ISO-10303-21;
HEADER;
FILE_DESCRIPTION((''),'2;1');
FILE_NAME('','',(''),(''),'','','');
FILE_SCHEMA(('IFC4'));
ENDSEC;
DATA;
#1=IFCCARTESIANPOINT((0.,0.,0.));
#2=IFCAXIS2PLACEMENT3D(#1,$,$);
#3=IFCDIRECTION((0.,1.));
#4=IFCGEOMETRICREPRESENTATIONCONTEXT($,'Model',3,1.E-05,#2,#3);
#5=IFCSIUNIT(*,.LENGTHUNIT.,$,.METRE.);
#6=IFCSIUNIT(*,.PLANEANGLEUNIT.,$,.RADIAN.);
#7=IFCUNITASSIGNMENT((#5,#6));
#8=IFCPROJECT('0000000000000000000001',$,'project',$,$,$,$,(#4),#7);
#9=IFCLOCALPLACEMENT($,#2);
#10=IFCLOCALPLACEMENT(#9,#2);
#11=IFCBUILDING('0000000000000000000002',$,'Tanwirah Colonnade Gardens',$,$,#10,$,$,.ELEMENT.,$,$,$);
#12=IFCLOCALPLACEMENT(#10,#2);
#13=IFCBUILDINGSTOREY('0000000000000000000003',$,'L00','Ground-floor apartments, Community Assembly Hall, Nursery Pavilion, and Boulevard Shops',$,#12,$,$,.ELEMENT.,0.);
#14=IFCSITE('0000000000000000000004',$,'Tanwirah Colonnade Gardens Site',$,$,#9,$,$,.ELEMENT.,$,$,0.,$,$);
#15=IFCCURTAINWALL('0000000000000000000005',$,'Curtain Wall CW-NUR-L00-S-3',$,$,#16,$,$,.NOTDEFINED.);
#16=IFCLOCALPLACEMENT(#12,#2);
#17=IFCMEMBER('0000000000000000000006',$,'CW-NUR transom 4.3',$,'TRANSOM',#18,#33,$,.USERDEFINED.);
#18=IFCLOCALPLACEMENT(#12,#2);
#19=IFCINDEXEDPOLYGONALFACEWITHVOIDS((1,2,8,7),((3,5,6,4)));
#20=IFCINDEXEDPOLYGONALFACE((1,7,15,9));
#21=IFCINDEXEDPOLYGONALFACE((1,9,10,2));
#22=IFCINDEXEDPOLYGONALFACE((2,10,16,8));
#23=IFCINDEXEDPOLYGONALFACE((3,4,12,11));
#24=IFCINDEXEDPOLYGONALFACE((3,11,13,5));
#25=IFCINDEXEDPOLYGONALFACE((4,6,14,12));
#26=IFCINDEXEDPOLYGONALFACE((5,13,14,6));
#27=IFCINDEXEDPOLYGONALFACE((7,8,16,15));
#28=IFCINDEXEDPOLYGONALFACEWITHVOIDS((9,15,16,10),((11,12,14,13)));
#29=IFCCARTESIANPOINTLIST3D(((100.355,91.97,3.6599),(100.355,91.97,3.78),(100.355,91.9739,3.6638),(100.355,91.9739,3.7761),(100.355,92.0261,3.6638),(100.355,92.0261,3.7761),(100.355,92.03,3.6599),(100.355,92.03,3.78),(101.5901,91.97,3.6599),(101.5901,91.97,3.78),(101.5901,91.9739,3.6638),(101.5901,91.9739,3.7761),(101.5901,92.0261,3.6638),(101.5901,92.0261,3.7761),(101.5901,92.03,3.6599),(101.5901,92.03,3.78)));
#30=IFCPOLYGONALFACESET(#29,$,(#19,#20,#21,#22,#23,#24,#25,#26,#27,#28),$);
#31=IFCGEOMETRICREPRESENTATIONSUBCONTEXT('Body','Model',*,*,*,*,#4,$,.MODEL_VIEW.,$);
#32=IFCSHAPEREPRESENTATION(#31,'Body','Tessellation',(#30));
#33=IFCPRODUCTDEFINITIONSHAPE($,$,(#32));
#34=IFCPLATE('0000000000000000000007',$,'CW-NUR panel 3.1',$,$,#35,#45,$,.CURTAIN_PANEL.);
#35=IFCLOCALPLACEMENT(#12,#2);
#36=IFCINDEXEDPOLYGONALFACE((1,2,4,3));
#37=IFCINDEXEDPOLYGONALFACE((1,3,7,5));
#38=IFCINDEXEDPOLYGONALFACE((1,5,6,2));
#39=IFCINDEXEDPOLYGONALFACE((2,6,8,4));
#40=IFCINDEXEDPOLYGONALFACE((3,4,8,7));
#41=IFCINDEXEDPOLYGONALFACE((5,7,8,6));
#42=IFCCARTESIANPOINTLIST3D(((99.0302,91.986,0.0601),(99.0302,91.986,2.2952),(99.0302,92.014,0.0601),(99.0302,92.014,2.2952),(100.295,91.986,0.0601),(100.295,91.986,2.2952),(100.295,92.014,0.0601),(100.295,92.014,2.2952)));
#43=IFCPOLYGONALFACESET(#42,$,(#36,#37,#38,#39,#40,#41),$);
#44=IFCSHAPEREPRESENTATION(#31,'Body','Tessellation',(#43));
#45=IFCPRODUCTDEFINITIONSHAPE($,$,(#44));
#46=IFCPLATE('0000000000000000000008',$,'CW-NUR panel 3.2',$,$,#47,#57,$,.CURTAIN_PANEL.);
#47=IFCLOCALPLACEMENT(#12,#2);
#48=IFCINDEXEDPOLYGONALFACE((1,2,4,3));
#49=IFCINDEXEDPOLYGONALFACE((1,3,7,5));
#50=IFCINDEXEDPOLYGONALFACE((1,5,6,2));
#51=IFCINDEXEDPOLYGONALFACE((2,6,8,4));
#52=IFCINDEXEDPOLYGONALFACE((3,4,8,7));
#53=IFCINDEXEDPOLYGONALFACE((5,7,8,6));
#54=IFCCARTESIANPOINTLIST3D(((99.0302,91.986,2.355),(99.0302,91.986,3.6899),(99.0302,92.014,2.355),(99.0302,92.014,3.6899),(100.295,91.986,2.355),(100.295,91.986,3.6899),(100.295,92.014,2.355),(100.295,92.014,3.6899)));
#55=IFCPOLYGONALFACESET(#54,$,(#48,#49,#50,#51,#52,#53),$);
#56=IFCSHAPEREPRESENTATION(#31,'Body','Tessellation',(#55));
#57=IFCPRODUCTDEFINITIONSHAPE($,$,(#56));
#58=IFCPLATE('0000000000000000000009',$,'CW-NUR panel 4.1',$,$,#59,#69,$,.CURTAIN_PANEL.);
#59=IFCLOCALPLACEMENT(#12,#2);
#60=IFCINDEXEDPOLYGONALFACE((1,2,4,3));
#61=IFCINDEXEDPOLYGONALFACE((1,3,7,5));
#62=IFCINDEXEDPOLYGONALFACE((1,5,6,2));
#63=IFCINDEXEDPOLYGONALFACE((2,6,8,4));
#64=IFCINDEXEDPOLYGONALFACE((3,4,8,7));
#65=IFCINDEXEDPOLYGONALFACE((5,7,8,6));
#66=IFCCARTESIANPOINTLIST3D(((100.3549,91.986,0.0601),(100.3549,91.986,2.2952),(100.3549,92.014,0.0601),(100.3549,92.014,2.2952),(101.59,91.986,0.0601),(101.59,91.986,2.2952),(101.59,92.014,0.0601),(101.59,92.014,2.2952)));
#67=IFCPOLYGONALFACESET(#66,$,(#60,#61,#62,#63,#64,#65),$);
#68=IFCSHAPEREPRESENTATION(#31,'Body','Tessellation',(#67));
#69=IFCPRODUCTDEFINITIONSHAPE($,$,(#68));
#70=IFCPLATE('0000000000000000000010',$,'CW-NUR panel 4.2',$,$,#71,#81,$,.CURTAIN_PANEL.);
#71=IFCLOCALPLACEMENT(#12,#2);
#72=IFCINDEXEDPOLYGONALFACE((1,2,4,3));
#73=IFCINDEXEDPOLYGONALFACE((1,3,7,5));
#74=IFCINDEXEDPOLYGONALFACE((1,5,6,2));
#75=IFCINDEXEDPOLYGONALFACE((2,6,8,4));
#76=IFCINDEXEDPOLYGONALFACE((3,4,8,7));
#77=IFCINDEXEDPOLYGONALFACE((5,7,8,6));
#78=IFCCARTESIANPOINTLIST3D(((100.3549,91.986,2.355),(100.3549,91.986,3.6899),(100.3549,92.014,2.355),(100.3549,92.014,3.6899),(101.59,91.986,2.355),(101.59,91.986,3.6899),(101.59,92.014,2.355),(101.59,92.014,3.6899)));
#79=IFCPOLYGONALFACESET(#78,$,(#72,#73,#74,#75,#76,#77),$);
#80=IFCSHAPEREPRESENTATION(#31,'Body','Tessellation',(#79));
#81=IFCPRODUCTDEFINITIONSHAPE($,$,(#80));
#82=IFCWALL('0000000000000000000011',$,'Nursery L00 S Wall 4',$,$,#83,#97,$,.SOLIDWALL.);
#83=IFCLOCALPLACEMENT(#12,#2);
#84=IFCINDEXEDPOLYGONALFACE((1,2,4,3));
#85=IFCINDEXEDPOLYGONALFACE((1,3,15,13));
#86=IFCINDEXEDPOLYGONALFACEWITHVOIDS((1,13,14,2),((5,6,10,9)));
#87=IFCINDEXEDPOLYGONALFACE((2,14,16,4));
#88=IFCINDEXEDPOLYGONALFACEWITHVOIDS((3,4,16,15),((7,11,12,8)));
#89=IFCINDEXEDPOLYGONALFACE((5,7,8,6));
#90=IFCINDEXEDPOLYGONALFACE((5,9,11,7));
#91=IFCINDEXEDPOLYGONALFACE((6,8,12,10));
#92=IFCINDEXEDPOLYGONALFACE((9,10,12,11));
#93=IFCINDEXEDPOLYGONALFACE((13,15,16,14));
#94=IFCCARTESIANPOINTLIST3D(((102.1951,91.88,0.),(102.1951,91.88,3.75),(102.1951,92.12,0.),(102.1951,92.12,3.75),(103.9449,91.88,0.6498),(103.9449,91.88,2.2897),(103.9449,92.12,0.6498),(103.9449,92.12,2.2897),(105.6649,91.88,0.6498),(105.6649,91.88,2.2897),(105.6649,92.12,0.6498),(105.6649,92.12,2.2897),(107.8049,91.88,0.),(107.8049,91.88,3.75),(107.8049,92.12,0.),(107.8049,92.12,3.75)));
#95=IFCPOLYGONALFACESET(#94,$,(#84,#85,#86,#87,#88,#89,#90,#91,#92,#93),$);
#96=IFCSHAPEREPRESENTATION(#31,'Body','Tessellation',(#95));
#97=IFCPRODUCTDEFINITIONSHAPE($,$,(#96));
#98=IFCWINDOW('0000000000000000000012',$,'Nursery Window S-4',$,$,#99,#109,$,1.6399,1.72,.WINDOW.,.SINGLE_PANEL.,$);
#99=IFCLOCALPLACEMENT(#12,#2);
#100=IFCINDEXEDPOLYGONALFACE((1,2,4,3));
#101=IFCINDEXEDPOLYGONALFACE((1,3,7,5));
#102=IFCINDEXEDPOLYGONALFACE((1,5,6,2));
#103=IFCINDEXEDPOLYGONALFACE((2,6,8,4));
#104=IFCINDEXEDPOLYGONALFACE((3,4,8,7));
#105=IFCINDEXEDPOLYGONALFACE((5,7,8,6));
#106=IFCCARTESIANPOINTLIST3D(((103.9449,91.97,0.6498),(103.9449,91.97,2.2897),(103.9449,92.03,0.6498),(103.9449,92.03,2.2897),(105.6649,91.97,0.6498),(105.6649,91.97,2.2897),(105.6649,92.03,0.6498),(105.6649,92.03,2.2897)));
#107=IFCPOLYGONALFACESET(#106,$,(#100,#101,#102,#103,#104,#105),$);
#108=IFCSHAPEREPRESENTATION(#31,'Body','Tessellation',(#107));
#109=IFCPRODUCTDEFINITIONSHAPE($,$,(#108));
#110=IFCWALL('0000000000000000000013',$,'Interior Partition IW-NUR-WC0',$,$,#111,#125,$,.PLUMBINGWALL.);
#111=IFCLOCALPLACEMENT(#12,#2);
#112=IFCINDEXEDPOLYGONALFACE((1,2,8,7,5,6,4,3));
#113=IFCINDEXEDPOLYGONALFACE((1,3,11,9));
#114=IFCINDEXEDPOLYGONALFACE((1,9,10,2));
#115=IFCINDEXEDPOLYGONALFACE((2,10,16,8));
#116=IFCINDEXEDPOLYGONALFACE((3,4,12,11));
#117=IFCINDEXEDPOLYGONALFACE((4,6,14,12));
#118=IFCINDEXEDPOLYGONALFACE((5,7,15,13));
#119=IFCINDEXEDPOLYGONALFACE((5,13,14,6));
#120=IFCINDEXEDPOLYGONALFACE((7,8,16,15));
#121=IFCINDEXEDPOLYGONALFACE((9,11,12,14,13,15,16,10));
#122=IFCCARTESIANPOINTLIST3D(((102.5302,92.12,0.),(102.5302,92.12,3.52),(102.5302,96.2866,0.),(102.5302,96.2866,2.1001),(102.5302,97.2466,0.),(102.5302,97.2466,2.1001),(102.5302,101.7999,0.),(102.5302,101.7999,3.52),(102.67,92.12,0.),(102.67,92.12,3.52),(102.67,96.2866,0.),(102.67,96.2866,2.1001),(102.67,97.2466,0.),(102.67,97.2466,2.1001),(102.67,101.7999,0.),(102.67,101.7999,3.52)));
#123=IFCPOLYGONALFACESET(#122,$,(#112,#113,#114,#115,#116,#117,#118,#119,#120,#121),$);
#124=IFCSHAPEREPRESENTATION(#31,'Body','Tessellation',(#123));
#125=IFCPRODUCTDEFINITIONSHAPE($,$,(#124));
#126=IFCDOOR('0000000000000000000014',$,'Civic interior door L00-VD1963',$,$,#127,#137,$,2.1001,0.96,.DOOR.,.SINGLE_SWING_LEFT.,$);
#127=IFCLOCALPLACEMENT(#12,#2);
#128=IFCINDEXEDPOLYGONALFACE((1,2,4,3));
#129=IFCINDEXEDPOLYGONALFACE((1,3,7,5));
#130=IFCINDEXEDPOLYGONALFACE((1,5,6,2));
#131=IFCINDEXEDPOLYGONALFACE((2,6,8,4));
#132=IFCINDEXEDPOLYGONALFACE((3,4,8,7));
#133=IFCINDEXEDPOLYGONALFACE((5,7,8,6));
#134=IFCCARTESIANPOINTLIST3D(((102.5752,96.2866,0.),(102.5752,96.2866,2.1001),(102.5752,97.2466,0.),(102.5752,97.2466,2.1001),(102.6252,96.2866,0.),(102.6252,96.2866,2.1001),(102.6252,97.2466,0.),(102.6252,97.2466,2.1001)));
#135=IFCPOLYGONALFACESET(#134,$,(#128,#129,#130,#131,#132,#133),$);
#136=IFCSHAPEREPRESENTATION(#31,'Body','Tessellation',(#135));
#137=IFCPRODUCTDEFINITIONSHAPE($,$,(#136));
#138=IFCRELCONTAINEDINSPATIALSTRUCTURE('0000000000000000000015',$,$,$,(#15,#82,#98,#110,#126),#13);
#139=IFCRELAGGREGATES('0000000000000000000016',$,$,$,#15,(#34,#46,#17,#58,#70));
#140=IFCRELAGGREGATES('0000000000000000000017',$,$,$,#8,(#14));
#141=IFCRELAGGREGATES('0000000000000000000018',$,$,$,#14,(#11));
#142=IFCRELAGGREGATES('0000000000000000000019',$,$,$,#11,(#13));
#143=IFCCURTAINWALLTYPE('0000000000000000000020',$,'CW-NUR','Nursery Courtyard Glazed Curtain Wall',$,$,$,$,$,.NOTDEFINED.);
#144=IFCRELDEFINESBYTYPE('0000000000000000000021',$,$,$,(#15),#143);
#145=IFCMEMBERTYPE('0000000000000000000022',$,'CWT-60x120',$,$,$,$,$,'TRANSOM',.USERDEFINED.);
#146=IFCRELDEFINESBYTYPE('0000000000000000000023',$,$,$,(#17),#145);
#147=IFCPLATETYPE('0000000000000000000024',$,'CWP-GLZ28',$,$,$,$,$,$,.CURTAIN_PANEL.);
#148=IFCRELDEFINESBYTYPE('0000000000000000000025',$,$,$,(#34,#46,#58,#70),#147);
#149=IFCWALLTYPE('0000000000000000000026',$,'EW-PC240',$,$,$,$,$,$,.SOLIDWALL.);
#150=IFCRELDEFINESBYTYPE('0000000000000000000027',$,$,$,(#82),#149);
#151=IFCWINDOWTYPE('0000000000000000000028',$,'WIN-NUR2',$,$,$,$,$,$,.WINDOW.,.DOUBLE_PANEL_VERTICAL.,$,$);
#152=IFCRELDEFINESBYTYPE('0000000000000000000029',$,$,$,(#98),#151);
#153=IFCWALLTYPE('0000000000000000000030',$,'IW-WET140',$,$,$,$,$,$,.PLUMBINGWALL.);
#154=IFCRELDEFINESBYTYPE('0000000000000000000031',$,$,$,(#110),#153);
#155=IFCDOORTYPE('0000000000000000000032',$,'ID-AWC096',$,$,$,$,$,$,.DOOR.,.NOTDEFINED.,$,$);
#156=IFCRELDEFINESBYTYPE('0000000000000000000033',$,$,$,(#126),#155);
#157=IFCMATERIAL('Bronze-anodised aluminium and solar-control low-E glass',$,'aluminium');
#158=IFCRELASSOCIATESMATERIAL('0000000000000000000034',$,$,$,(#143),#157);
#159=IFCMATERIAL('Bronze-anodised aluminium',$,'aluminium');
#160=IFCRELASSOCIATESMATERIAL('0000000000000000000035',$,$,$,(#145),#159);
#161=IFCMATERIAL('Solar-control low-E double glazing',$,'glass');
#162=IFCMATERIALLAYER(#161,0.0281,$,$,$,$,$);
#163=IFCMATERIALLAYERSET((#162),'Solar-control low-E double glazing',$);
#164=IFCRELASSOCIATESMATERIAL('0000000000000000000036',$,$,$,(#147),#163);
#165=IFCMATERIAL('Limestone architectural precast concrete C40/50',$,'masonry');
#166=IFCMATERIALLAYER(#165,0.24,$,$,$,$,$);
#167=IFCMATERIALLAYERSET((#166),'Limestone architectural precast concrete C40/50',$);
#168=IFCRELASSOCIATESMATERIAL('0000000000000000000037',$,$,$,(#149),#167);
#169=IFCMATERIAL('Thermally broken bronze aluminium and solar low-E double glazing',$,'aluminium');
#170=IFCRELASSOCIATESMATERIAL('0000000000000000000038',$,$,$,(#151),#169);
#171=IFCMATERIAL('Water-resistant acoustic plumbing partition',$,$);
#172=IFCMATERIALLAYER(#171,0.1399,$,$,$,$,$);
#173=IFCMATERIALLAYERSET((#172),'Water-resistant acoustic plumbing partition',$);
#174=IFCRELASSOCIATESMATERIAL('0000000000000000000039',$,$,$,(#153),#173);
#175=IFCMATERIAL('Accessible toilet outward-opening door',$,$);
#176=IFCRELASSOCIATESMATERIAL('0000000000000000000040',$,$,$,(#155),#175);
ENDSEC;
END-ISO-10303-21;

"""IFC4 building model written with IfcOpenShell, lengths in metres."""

from ifc_helpers import new_model, si_unit, direction, frame, frame_2d, origin, origin_2d, place, context, subcontext, project, spatial, rectangle, hollow_rectangle, extrude, material, layer, layer_set, material_profile, profile_set, type_object, element, fill, aggregate, save


model = new_model("IFC4")

# Units and contexts
model_context = context("Model", 3, precision=1e-05, world=origin(), true_north=direction((0.0, 1.0)))
body_context = subcontext(model_context, "Body", "Model", "MODEL_VIEW")
ifc_project = project(units=[si_unit("LENGTHUNIT", "METRE"), si_unit("PLANEANGLEUNIT", "RADIAN")], contexts=[model_context])

# Site, building, storey
site_placement = place(None, origin())
site = spatial("IfcSite", under=ifc_project, at=site_placement, Name="Tanwirah Colonnade Gardens Site", CompositionType="ELEMENT", RefElevation=0.0)
building_placement = place(site_placement, origin())
building = spatial("IfcBuilding", under=site, at=building_placement, Name="Tanwirah Colonnade Gardens", CompositionType="ELEMENT")
storey_placement = place(building_placement, origin())
storey = spatial("IfcBuildingStorey", under=building, at=storey_placement, Name="L00", Description="Ground-floor apartments, Community Assembly Hall, Nursery Pavilion, and Boulevard Shops", CompositionType="ELEMENT", Elevation=0.0)

# Curtain wall, member, plates
ifc_material_1 = material(Name="Bronze-anodised aluminium and solar-control low-E glass", Category="aluminium")
curtain_wall_type = type_object("IfcCurtainWallType", Name="CW-NUR", Description="Nursery Courtyard Glazed Curtain Wall", PredefinedType="NOTDEFINED", material=ifc_material_1)
curtain_wall_placement = place(storey_placement, origin())
curtain_wall = element("IfcCurtainWall", 1, at=curtain_wall_placement, inside=storey, type_object=curtain_wall_type, Name="Curtain Wall CW-NUR-L00-S-3", PredefinedType="NOTDEFINED")
ifc_material_2 = material(Name="Bronze-anodised aluminium", Category="aluminium")
ifc_material_profile_1 = material_profile(ifc_material_2, hollow_rectangle(XDim=0.0601, YDim=0.1201, WallThickness=0.0039, at=origin_2d()), Name="CW-TRN 60x120x4")
ifc_profile_set_1 = profile_set([ifc_material_profile_1], Name="Bronze-anodised aluminium")
member_type_1 = type_object("IfcMemberType", Name="CWT-60x120", ElementType="TRANSOM", PredefinedType="USERDEFINED", material=ifc_profile_set_1)
member_1_placement = place(storey_placement, frame((100.355, 92.0, 3.72), z_axis=(1.0, 0.0, 0.0), x_axis=(0.0, 1.0, 0.0)))
member_1 = element("IfcMember", 2, at=member_1_placement, type_object=member_type_1, Name="CW-NUR transom 4.3", ObjectType="TRANSOM", PredefinedType="USERDEFINED", context=body_context, shape_type="SweptSolid", body=[
    extrude(hollow_rectangle(XDim=0.0601, YDim=0.1201, WallThickness=0.0039, at=origin_2d()), origin(), (0.0, 0.0, 1.0), 1.2351),
])
ifc_material_3 = material(Name="Solar-control low-E double glazing", Category="glass")
ifc_layer_1 = layer(ifc_material_3, 0.0281)
ifc_layer_set_1 = layer_set([ifc_layer_1], Name="Solar-control low-E double glazing")
plate_type = type_object("IfcPlateType", Name="CWP-GLZ28", PredefinedType="CURTAIN_PANEL", material=ifc_layer_set_1)
plate_1_placement = place(storey_placement, frame((99.6626, 92.0, 0.0601), z_axis=(0.0, 0.0, 1.0), x_axis=(1.0, 0.0, 0.0)))
plate_1 = element("IfcPlate", 3, at=plate_1_placement, type_object=plate_type, Name="CW-NUR panel 3.1", PredefinedType="CURTAIN_PANEL", context=body_context, shape_type="SweptSolid", body=[
    extrude(rectangle(XDim=1.2649, YDim=0.0281, at=origin_2d()), origin(), (0.0, 0.0, 1.0), 2.2351),
])
plate_2_placement = place(storey_placement, frame((99.6626, 92.0, 2.355), z_axis=(0.0, 0.0, 1.0), x_axis=(1.0, 0.0, 0.0)))
plate_2 = element("IfcPlate", 4, at=plate_2_placement, type_object=plate_type, Name="CW-NUR panel 3.2", PredefinedType="CURTAIN_PANEL", context=body_context, shape_type="SweptSolid", body=[
    extrude(rectangle(XDim=1.2649, YDim=0.0281, at=origin_2d()), origin(), (0.0, 0.0, 1.0), 1.335),
])
plate_3_placement = place(storey_placement, frame((100.9724, 92.0, 0.0601), z_axis=(0.0, 0.0, 1.0), x_axis=(1.0, 0.0, 0.0)))
plate_3 = element("IfcPlate", 5, at=plate_3_placement, type_object=plate_type, Name="CW-NUR panel 4.1", PredefinedType="CURTAIN_PANEL", context=body_context, shape_type="SweptSolid", body=[
    extrude(rectangle(XDim=1.2351, YDim=0.0281, at=origin_2d()), origin(), (0.0, 0.0, 1.0), 2.2351),
])
plate_4_placement = place(storey_placement, frame((100.9724, 92.0, 2.355), z_axis=(0.0, 0.0, 1.0), x_axis=(1.0, 0.0, 0.0)))
plate_4 = element("IfcPlate", 6, at=plate_4_placement, type_object=plate_type, Name="CW-NUR panel 4.2", PredefinedType="CURTAIN_PANEL", context=body_context, shape_type="SweptSolid", body=[
    extrude(rectangle(XDim=1.2351, YDim=0.0281, at=origin_2d()), origin(), (0.0, 0.0, 1.0), 1.335),
])
aggregate(curtain_wall, [plate_1, plate_2, member_1, plate_3, plate_4])

# Wall, opening, window
ifc_material_4 = material(Name="Limestone architectural precast concrete C40/50", Category="masonry")
ifc_layer_2 = layer(ifc_material_4, 0.24)
ifc_layer_set_2 = layer_set([ifc_layer_2], Name="Limestone architectural precast concrete C40/50")
wall_type_1 = type_object("IfcWallType", Name="EW-PC240", PredefinedType="SOLIDWALL", material=ifc_layer_set_2)
wall_1_placement = place(storey_placement, frame((102.1951, 92.0, 0.0), z_axis=(0.0, 0.0, 1.0), x_axis=(1.0, 0.0, 0.0)))
wall_1 = element("IfcWall", 7, at=wall_1_placement, inside=storey, type_object=wall_type_1, Name="Nursery L00 S Wall 4", PredefinedType="SOLIDWALL", context=body_context, shape_type="SweptSolid", body=[
    extrude(rectangle(XDim=5.6099, YDim=0.24, at=frame_2d((2.8049, 0.0))), origin(), (0.0, 0.0, 1.0), 3.75),
])
opening_1_placement = place(wall_1_placement, frame((1.75, 0.0, 0.6499)))
opening_1 = element("IfcOpeningElement", 8, at=opening_1_placement, cuts=wall_1, PredefinedType="OPENING", context=body_context, shape_type="SweptSolid", body=[
    extrude(rectangle(XDim=1.72, YDim=1.6399, at=frame_2d((0.8599, 0.8198))), frame((0.0, 0.1299, 0.0), z_axis=(0.0, -1.0, 0.0), x_axis=(1.0, 0.0, 0.0)), (0.0, 0.0, 1.0), 0.26),
])
ifc_material_5 = material(Name="Thermally broken bronze aluminium and solar low-E double glazing", Category="aluminium")
window_type = type_object("IfcWindowType", Name="WIN-NUR2", PartitioningType="DOUBLE_PANEL_VERTICAL", PredefinedType="WINDOW", material=ifc_material_5)
window_placement = place(opening_1_placement, origin())
window = element("IfcWindow", 9, at=window_placement, inside=storey, type_object=window_type, Name="Nursery Window S-4", OverallHeight=1.6399, OverallWidth=1.72, PartitioningType="SINGLE_PANEL", PredefinedType="WINDOW", context=body_context, shape_type="SweptSolid", body=[
    extrude(rectangle(XDim=1.72, YDim=1.6399, at=frame_2d((0.8599, 0.8198))), frame((0.0, 0.03, 0.0), z_axis=(0.0, -1.0, 0.0), x_axis=(1.0, 0.0, 0.0)), (0.0, 0.0, 1.0), 0.0601),
])
fill(opening_1, window)

# Wall, opening, door
ifc_material_6 = material(Name="Water-resistant acoustic plumbing partition")
ifc_layer_3 = layer(ifc_material_6, 0.1399)
ifc_layer_set_3 = layer_set([ifc_layer_3], Name="Water-resistant acoustic plumbing partition")
wall_type_2 = type_object("IfcWallType", Name="IW-WET140", PredefinedType="PLUMBINGWALL", material=ifc_layer_set_3)
wall_2_placement = place(storey_placement, frame((102.6001, 92.1201, 0.0), z_axis=(0.0, 0.0, 1.0), x_axis=(0.0, 1.0, 0.0)))
wall_2 = element("IfcWall", 10, at=wall_2_placement, inside=storey, type_object=wall_type_2, Name="Interior Partition IW-NUR-WC0", PredefinedType="PLUMBINGWALL", context=body_context, shape_type="SweptSolid", body=[
    extrude(rectangle(XDim=9.6799, YDim=0.1399, at=frame_2d((4.8398, 0.0))), origin(), (0.0, 0.0, 1.0), 3.52),
])
opening_2_placement = place(wall_2_placement, frame((4.1665, 0.0, 0.0)))
opening_2 = element("IfcOpeningElement", 11, at=opening_2_placement, cuts=wall_2, PredefinedType="OPENING", context=body_context, shape_type="SweptSolid", body=[
    extrude(rectangle(XDim=0.96, YDim=2.1001, at=frame_2d((0.48, 1.05))), frame((0.0, 0.0798, 0.0), z_axis=(0.0, -1.0, 0.0), x_axis=(1.0, 0.0, 0.0)), (0.0, 0.0, 1.0), 0.1599),
])
ifc_material_7 = material(Name="Accessible toilet outward-opening door")
door_type = type_object("IfcDoorType", Name="ID-AWC096", OperationType="NOTDEFINED", PredefinedType="DOOR", material=ifc_material_7)
door_placement = place(opening_2_placement, origin())
door = element("IfcDoor", 12, at=door_placement, inside=storey, type_object=door_type, Name="Civic interior door L00-VD1963", OperationType="SINGLE_SWING_LEFT", OverallHeight=2.1001, OverallWidth=0.96, PredefinedType="DOOR", context=body_context, shape_type="SweptSolid", body=[
    extrude(rectangle(XDim=0.96, YDim=2.1001, at=frame_2d((0.48, 1.05))), frame((0.0, 0.0249, 0.0), z_axis=(0.0, -1.0, 0.0), x_axis=(1.0, 0.0, 0.0)), (0.0, 0.0, 1.0), 0.05),
])
fill(opening_2, door)

save(model, "model.ifc")
